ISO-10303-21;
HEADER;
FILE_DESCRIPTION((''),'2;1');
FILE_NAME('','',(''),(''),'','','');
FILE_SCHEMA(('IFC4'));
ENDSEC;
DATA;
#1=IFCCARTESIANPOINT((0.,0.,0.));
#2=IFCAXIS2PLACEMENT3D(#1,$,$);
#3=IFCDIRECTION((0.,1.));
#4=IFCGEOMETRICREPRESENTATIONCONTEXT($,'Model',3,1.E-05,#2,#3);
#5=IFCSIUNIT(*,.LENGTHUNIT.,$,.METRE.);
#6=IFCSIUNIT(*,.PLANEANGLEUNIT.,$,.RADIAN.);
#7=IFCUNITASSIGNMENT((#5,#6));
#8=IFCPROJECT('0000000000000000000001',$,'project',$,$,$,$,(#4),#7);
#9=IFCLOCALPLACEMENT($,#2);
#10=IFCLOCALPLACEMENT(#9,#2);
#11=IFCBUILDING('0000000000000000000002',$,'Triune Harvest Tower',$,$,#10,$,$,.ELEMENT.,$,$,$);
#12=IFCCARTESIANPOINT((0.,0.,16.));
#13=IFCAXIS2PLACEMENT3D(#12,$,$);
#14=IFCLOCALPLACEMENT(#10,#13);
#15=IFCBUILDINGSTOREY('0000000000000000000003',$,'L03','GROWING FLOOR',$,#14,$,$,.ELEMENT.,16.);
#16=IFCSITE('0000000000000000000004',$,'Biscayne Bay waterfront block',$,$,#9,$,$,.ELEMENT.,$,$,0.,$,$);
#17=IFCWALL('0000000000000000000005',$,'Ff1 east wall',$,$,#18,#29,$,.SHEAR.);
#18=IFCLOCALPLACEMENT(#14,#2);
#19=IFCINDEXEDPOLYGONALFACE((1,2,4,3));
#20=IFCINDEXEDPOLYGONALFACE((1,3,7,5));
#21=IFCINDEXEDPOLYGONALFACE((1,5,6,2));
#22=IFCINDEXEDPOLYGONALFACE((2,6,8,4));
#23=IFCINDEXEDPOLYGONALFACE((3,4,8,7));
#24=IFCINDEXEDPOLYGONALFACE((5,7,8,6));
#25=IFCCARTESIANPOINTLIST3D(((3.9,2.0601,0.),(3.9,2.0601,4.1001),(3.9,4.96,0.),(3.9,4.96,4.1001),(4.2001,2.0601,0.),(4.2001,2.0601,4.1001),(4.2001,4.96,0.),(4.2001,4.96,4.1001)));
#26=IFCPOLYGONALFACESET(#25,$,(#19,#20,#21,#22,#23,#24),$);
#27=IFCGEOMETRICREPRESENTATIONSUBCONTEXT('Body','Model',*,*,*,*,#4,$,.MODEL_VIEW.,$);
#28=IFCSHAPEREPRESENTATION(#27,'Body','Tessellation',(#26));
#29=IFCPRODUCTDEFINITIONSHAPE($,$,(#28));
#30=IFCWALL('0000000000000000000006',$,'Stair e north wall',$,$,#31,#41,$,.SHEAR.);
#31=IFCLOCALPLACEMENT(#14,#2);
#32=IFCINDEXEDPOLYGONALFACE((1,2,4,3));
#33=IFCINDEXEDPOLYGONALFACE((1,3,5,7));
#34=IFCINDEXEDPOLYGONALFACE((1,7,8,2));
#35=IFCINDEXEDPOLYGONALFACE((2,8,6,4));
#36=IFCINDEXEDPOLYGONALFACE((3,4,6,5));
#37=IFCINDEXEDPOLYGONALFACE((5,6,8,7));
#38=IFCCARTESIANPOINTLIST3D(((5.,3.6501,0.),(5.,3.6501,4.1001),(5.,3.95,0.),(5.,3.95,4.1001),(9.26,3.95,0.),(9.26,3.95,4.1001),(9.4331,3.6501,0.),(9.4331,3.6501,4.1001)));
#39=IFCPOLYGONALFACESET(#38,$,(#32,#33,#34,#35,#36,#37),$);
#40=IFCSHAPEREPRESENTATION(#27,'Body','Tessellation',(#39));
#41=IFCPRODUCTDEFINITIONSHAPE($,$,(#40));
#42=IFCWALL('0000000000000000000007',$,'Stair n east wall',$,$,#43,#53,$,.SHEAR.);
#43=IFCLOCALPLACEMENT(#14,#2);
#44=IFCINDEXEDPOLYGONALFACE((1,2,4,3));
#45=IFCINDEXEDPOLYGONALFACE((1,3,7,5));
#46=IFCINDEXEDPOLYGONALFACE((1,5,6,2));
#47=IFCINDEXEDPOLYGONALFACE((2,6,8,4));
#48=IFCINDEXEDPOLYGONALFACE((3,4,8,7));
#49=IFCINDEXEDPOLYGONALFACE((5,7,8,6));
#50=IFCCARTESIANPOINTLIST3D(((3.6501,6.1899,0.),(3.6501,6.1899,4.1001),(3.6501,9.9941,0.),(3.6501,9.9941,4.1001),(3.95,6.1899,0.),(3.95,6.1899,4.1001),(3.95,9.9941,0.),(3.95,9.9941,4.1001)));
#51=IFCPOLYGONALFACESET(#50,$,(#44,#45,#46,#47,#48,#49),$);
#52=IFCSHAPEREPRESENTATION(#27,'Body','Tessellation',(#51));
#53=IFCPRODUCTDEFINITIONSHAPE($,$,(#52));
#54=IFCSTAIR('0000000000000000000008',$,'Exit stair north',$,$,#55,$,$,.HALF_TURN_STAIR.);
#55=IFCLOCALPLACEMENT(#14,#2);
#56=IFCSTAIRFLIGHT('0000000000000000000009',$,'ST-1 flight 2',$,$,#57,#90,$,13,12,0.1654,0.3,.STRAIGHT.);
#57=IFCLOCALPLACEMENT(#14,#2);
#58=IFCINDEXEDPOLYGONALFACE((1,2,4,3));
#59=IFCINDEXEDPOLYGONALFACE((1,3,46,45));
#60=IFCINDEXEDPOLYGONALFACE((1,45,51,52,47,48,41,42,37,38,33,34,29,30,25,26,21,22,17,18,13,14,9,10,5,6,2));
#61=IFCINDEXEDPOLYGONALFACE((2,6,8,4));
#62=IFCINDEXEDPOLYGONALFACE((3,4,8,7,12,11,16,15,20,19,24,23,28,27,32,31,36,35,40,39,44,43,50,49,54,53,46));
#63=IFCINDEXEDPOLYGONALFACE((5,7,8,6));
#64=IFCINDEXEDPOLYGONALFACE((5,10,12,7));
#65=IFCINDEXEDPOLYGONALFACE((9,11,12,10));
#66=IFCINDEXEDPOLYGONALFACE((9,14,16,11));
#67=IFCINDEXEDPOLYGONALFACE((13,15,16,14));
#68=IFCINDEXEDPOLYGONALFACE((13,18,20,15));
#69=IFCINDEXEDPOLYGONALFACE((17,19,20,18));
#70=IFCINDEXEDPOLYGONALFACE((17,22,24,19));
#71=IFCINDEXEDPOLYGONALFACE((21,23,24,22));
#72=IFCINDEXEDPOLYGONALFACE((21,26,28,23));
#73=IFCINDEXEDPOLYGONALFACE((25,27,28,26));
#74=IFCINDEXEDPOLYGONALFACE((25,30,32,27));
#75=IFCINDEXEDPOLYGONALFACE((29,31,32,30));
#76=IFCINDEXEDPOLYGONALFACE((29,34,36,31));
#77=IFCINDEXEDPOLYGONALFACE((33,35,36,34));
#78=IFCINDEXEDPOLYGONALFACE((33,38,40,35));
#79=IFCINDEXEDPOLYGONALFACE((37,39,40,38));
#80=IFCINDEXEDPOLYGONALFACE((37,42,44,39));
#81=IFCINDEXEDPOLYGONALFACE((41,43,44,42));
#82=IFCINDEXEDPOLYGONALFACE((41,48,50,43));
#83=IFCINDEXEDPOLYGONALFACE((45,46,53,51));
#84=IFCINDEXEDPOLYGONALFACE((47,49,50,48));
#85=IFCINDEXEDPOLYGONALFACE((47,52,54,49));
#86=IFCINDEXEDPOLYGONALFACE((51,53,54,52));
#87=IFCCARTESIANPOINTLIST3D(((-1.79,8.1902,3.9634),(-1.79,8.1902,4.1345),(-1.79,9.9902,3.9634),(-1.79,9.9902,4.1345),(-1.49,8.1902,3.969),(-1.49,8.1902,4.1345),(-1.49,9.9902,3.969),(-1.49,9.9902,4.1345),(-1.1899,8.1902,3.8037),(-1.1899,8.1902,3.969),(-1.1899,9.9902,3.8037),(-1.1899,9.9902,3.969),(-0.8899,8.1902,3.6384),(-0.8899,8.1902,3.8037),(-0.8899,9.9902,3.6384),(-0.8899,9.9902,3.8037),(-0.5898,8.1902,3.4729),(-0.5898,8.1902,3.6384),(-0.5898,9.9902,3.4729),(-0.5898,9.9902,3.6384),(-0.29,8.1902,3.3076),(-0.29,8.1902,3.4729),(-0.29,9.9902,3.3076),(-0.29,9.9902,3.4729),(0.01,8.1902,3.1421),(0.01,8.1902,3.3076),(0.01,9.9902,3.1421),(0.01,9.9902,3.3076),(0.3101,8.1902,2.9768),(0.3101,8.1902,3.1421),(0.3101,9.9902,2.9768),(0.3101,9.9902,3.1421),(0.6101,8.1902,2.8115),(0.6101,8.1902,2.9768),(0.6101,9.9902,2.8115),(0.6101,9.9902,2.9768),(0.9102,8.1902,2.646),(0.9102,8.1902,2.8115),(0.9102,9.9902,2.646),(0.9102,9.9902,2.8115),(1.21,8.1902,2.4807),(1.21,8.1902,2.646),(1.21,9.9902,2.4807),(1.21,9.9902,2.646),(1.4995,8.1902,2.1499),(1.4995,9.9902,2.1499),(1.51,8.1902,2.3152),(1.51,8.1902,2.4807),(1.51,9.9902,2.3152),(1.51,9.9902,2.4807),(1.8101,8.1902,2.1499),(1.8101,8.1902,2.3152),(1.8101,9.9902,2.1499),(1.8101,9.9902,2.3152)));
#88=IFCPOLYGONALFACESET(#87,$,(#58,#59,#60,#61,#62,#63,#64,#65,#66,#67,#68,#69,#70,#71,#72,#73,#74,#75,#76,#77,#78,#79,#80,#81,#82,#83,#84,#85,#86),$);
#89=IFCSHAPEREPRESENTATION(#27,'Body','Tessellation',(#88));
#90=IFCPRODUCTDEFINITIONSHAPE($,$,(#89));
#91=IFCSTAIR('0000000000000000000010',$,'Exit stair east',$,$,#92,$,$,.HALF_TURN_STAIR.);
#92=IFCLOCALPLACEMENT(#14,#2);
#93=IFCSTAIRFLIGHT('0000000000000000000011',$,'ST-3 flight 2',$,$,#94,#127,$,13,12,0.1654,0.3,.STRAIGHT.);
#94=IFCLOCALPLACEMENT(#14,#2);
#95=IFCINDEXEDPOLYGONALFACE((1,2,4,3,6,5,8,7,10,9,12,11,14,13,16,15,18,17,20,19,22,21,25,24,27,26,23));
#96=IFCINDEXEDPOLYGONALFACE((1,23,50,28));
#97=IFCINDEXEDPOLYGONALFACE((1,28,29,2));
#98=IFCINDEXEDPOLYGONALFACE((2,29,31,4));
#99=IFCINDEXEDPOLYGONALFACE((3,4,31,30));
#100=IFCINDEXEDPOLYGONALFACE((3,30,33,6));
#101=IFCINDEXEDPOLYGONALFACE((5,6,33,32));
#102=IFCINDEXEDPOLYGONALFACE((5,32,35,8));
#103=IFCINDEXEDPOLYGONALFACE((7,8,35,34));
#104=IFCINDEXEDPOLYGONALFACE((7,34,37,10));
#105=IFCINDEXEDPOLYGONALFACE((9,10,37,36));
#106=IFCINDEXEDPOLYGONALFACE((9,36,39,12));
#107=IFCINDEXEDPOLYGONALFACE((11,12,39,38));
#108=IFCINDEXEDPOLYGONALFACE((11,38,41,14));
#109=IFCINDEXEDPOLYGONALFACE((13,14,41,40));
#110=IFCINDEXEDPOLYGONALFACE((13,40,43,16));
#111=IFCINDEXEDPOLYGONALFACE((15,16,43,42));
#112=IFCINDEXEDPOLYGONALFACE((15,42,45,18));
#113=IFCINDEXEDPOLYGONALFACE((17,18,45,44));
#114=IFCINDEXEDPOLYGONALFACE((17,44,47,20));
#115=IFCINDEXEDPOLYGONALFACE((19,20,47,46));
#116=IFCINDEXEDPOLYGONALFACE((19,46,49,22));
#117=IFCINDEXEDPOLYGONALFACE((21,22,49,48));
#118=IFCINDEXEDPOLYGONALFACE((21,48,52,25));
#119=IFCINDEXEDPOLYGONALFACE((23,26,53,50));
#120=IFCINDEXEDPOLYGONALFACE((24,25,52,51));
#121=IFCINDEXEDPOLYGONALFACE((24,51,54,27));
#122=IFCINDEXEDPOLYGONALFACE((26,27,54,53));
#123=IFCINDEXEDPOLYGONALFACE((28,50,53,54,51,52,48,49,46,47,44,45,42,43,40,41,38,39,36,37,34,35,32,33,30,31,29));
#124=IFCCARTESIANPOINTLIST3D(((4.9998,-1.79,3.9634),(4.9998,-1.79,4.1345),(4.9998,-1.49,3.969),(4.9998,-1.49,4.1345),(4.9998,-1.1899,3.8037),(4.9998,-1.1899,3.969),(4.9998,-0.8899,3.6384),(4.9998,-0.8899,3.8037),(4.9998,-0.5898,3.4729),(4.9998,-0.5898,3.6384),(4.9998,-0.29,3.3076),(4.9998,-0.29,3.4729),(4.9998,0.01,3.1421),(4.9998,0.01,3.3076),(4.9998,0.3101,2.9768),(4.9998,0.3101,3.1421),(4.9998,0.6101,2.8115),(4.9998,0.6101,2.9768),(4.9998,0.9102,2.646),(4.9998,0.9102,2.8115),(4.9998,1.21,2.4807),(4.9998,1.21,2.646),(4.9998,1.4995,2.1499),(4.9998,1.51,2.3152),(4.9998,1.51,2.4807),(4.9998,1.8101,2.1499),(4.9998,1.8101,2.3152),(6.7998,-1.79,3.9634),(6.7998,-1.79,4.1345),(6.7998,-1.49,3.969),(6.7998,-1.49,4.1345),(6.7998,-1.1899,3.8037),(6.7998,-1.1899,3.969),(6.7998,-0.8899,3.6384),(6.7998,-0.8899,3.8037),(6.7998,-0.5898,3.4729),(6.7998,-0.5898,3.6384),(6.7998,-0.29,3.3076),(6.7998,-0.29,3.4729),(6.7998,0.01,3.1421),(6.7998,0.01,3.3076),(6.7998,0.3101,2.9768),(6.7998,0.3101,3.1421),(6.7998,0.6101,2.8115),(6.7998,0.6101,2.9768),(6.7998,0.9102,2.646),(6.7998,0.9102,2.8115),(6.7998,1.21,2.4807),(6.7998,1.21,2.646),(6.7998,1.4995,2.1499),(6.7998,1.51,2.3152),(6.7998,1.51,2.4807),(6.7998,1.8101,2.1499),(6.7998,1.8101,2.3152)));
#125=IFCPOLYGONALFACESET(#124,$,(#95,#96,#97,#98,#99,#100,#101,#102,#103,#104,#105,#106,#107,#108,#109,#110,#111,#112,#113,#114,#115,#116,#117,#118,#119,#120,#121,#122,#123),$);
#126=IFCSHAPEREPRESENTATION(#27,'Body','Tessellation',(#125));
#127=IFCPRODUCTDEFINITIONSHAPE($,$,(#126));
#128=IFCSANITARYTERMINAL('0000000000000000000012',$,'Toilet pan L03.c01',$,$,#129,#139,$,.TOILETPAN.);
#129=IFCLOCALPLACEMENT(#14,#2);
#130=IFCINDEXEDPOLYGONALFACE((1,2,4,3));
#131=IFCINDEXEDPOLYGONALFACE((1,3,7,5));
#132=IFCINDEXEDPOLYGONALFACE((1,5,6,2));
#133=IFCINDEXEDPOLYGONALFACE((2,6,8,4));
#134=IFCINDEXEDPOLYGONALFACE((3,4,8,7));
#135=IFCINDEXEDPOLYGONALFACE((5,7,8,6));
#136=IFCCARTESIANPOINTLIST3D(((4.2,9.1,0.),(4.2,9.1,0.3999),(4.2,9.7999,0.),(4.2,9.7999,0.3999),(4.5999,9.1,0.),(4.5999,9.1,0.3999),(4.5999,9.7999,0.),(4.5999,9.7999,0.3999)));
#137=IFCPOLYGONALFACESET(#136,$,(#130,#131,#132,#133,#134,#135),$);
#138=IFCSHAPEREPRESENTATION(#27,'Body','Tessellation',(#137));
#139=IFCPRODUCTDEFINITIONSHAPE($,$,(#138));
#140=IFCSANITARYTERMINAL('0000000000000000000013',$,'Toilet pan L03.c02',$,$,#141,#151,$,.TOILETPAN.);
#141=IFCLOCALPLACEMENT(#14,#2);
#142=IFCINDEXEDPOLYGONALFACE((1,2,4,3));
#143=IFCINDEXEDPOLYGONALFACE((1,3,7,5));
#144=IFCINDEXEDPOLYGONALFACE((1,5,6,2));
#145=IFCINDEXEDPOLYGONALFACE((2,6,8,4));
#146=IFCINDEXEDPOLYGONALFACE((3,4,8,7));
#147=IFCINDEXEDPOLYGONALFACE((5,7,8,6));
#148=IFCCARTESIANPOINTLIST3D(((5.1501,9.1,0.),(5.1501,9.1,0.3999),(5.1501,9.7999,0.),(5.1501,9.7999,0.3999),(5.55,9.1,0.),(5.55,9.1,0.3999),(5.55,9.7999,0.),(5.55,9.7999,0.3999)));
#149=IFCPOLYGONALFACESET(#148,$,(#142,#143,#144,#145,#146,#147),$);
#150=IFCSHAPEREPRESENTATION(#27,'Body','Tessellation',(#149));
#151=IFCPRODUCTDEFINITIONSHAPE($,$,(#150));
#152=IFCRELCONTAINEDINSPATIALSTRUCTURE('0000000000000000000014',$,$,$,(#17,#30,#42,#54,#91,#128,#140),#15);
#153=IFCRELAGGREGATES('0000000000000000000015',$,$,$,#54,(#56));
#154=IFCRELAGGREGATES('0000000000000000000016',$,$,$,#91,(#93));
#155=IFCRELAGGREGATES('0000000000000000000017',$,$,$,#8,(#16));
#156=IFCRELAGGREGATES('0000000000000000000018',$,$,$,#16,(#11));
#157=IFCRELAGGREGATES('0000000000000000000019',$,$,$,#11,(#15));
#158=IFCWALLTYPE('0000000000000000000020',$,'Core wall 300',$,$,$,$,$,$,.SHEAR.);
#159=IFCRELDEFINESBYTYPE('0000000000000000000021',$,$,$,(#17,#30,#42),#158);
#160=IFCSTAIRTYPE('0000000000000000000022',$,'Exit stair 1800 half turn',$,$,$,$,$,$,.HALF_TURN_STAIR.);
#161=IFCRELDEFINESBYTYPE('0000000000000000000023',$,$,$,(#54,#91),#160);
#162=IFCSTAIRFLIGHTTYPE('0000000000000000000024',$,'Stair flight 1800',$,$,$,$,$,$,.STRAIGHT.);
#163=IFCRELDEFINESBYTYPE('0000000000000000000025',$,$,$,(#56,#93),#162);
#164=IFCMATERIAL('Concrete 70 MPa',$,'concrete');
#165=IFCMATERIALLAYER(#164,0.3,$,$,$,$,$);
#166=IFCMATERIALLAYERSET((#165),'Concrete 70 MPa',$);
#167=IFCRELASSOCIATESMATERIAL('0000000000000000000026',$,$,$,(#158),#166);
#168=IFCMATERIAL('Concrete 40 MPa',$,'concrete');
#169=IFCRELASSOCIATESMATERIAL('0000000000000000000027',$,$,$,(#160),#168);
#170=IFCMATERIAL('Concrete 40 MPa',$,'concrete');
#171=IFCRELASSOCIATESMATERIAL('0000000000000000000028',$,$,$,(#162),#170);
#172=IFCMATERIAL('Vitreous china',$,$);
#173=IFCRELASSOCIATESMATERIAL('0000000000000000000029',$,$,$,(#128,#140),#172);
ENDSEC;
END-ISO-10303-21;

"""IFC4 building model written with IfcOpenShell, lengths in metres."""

from ifc_helpers import new_model, si_unit, direction, frame, frame_2d, origin, origin_2d, place, context, subcontext, project, spatial, polyline, rectangle, outline, extrude, source, transform, mapped, material, layer, layer_set, type_object, element, aggregate, save


model = new_model("IFC4")

# Units and contexts
model_context = context("Model", 3, precision=1e-05, world=origin(), true_north=direction((0.0, 1.0)))
body_context = subcontext(model_context, "Body", "Model", "MODEL_VIEW")
ifc_project = project(units=[si_unit("LENGTHUNIT", "METRE"), si_unit("PLANEANGLEUNIT", "RADIAN")], contexts=[model_context])

# Site, building, storey
site_placement = place(None, origin())
site = spatial("IfcSite", under=ifc_project, at=site_placement, Name="Biscayne Bay waterfront block", CompositionType="ELEMENT", RefElevation=0.0)
building_placement = place(site_placement, origin())
building = spatial("IfcBuilding", under=site, at=building_placement, Name="Triune Harvest Tower", CompositionType="ELEMENT")
storey_placement = place(building_placement, frame((0.0, 0.0, 16.0)))
storey = spatial("IfcBuildingStorey", under=building, at=storey_placement, Name="L03", Description="GROWING FLOOR", CompositionType="ELEMENT", Elevation=16.0)

# Shared definitions
ifc_material_1 = material(Name="Concrete 70 MPa", Category="concrete")
ifc_layer_1 = layer(ifc_material_1, 0.3)
ifc_layer_set_1 = layer_set([ifc_layer_1], Name="Concrete 70 MPa")
wall_type_1 = type_object("IfcWallType", Name="Core wall 300", PredefinedType="SHEAR", material=ifc_layer_set_1)

# Walls
shared_shape_1 = source(origin(), body_context, "Body", "SweptSolid", [
    extrude(rectangle(XDim=2.8999, YDim=0.3, at=frame_2d((1.45, 0.0))), origin(), (0.0, 0.0, 1.0), 4.1001),
])
wall_1_placement = place(storey_placement, frame((4.05, 2.0601, 0.0), z_axis=(0.0, 0.0, 1.0), x_axis=(0.0, 1.0, 0.0)))
element("IfcWall", 1, at=wall_1_placement, inside=storey, type_object=wall_type_1, Name="Ff1 east wall", PredefinedType="SHEAR", context=body_context, shape_type="MappedRepresentation", body=[
    mapped(shared_shape_1, transform((0.0, 0.0, 0.0), scale=1.0)),
])
shared_shape_2 = source(origin(), body_context, "Body", "SweptSolid", [
    extrude(outline(polyline([(0.0, -0.1499), (0.0, 0.1499), (4.26, 0.1499), (4.4331, -0.1499), (0.0, -0.1499)])), origin(), (0.0, 0.0, 1.0), 4.1001),
])
wall_2_placement = place(storey_placement, frame((5.0, 3.8, 0.0), z_axis=(0.0, 0.0, 1.0), x_axis=(1.0, 0.0, 0.0)))
element("IfcWall", 2, at=wall_2_placement, inside=storey, type_object=wall_type_1, Name="Stair e north wall", PredefinedType="SHEAR", context=body_context, shape_type="MappedRepresentation", body=[
    mapped(shared_shape_2, transform((0.0, 0.0, 0.0), scale=1.0)),
])
shared_shape_3 = source(origin(), body_context, "Body", "SweptSolid", [
    extrude(outline(polyline([(0.0, -0.1499), (0.0, 0.1499), (3.8042, 0.1499), (3.8042, -0.1499), (0.0, -0.1499)])), origin(), (0.0, 0.0, 1.0), 4.1001),
])
wall_3_placement = place(storey_placement, frame((3.8, 6.1899, 0.0), z_axis=(0.0, 0.0, 1.0), x_axis=(0.0, 1.0, 0.0)))
element("IfcWall", 3, at=wall_3_placement, inside=storey, type_object=wall_type_1, Name="Stair n east wall", PredefinedType="SHEAR", context=body_context, shape_type="MappedRepresentation", body=[
    mapped(shared_shape_3, transform((0.0, 0.0, 0.0), scale=1.0)),
])

# Stairs, stair flights
ifc_material_2 = material(Name="Concrete 40 MPa", Category="concrete")
stair_type = type_object("IfcStairType", Name="Exit stair 1800 half turn", PredefinedType="HALF_TURN_STAIR", material=ifc_material_2)
stair_1_placement = place(storey_placement, origin())
stair_1 = element("IfcStair", 4, at=stair_1_placement, inside=storey, type_object=stair_type, Name="Exit stair north", PredefinedType="HALF_TURN_STAIR")
ifc_material_3 = material(Name="Concrete 40 MPa", Category="concrete")
stair_flight_type = type_object("IfcStairFlightType", Name="Stair flight 1800", PredefinedType="STRAIGHT", material=ifc_material_3)
shared_shape_4 = source(origin(), body_context, "Body", "SweptSolid", [
    extrude(outline(polyline([(0.0, 0.0), (0.0, 0.1653), (0.3, 0.1653), (0.3, 0.3308), (0.6001, 0.3308), (0.6001, 0.4961), (0.8999, 0.4961), (0.8999, 0.6616), (1.2, 0.6616), (1.2, 0.8269), (1.5, 0.8269), (1.5, 0.9922), (1.8, 0.9922), (1.8, 1.1577), (2.1001, 1.1577), (2.1001, 1.323), (2.3999, 1.323), (2.3999, 1.4885), (2.7, 1.4885), (2.7, 1.6538), (3.0, 1.6538), (3.0, 1.8191), (3.3, 1.8191), (3.3, 1.9846), (3.6001, 1.9846), (3.6001, 2.1499), (3.6001, 1.8135), (0.3105, 0.0), (0.0, 0.0)])), frame((0.0, 0.8999, 0.0), z_axis=(0.0, -1.0, 0.0), x_axis=(1.0, 0.0, 0.0)), (0.0, 0.0, 1.0), 1.8),
])
stair_flight_1_placement = place(storey_placement, frame((1.8101, 9.0901, 2.1499), z_axis=(0.0, 0.0, 1.0), x_axis=(-1.0, 0.0, 0.0)))
stair_flight_1 = element("IfcStairFlight", 5, at=stair_flight_1_placement, type_object=stair_flight_type, Name="ST-1 flight 2", NumberOfRisers=13, NumberOfTreads=12, PredefinedType="STRAIGHT", RiserHeight=0.1654, TreadLength=0.3, context=body_context, shape_type="MappedRepresentation", body=[
    mapped(shared_shape_4, transform((0.0, 0.0, 0.0), scale=1.0)),
])
aggregate(stair_1, [stair_flight_1])
stair_2_placement = place(storey_placement, origin())
stair_2 = element("IfcStair", 6, at=stair_2_placement, inside=storey, type_object=stair_type, Name="Exit stair east", PredefinedType="HALF_TURN_STAIR")
stair_flight_2_placement = place(storey_placement, frame((5.8999, 1.8101, 2.1499), z_axis=(0.0, 0.0, 1.0), x_axis=(0.0, -1.0, 0.0)))
stair_flight_2 = element("IfcStairFlight", 7, at=stair_flight_2_placement, type_object=stair_flight_type, Name="ST-3 flight 2", NumberOfRisers=13, NumberOfTreads=12, PredefinedType="STRAIGHT", RiserHeight=0.1654, TreadLength=0.3, context=body_context, shape_type="MappedRepresentation", body=[
    mapped(shared_shape_4, transform((0.0, 0.0, 0.0), scale=1.0)),
])
aggregate(stair_2, [stair_flight_2])

# Sanitary terminals
ifc_material_4 = material(Name="Vitreous china")
shared_shape_5 = source(origin(), body_context, "Body", "SweptSolid", [
    extrude(rectangle(XDim=0.3999, YDim=0.7, at=origin_2d()), origin(), (0.0, 0.0, 1.0), 0.3999),
])
for number, where, z_axis, x_axis, name in (
    (8, (4.3999, 9.45, 0.0), (0.0, 0.0, 1.0), (1.0, 0.0, 0.0), "Toilet pan L03.c01"),
    (9, (5.3501, 9.45, 0.0), (0.0, 0.0, 1.0), (1.0, 0.0, 0.0), "Toilet pan L03.c02"),
):
    element("IfcSanitaryTerminal", number, at=place(storey_placement, frame(where, z_axis=z_axis, x_axis=x_axis)), inside=storey, material=ifc_material_4, Name=name, PredefinedType="TOILETPAN", context=body_context, shape_type="MappedRepresentation", body=[
        mapped(shared_shape_5, transform((0.0, 0.0, 0.0), scale=1.0)),
    ])

save(model, "model.ifc")
